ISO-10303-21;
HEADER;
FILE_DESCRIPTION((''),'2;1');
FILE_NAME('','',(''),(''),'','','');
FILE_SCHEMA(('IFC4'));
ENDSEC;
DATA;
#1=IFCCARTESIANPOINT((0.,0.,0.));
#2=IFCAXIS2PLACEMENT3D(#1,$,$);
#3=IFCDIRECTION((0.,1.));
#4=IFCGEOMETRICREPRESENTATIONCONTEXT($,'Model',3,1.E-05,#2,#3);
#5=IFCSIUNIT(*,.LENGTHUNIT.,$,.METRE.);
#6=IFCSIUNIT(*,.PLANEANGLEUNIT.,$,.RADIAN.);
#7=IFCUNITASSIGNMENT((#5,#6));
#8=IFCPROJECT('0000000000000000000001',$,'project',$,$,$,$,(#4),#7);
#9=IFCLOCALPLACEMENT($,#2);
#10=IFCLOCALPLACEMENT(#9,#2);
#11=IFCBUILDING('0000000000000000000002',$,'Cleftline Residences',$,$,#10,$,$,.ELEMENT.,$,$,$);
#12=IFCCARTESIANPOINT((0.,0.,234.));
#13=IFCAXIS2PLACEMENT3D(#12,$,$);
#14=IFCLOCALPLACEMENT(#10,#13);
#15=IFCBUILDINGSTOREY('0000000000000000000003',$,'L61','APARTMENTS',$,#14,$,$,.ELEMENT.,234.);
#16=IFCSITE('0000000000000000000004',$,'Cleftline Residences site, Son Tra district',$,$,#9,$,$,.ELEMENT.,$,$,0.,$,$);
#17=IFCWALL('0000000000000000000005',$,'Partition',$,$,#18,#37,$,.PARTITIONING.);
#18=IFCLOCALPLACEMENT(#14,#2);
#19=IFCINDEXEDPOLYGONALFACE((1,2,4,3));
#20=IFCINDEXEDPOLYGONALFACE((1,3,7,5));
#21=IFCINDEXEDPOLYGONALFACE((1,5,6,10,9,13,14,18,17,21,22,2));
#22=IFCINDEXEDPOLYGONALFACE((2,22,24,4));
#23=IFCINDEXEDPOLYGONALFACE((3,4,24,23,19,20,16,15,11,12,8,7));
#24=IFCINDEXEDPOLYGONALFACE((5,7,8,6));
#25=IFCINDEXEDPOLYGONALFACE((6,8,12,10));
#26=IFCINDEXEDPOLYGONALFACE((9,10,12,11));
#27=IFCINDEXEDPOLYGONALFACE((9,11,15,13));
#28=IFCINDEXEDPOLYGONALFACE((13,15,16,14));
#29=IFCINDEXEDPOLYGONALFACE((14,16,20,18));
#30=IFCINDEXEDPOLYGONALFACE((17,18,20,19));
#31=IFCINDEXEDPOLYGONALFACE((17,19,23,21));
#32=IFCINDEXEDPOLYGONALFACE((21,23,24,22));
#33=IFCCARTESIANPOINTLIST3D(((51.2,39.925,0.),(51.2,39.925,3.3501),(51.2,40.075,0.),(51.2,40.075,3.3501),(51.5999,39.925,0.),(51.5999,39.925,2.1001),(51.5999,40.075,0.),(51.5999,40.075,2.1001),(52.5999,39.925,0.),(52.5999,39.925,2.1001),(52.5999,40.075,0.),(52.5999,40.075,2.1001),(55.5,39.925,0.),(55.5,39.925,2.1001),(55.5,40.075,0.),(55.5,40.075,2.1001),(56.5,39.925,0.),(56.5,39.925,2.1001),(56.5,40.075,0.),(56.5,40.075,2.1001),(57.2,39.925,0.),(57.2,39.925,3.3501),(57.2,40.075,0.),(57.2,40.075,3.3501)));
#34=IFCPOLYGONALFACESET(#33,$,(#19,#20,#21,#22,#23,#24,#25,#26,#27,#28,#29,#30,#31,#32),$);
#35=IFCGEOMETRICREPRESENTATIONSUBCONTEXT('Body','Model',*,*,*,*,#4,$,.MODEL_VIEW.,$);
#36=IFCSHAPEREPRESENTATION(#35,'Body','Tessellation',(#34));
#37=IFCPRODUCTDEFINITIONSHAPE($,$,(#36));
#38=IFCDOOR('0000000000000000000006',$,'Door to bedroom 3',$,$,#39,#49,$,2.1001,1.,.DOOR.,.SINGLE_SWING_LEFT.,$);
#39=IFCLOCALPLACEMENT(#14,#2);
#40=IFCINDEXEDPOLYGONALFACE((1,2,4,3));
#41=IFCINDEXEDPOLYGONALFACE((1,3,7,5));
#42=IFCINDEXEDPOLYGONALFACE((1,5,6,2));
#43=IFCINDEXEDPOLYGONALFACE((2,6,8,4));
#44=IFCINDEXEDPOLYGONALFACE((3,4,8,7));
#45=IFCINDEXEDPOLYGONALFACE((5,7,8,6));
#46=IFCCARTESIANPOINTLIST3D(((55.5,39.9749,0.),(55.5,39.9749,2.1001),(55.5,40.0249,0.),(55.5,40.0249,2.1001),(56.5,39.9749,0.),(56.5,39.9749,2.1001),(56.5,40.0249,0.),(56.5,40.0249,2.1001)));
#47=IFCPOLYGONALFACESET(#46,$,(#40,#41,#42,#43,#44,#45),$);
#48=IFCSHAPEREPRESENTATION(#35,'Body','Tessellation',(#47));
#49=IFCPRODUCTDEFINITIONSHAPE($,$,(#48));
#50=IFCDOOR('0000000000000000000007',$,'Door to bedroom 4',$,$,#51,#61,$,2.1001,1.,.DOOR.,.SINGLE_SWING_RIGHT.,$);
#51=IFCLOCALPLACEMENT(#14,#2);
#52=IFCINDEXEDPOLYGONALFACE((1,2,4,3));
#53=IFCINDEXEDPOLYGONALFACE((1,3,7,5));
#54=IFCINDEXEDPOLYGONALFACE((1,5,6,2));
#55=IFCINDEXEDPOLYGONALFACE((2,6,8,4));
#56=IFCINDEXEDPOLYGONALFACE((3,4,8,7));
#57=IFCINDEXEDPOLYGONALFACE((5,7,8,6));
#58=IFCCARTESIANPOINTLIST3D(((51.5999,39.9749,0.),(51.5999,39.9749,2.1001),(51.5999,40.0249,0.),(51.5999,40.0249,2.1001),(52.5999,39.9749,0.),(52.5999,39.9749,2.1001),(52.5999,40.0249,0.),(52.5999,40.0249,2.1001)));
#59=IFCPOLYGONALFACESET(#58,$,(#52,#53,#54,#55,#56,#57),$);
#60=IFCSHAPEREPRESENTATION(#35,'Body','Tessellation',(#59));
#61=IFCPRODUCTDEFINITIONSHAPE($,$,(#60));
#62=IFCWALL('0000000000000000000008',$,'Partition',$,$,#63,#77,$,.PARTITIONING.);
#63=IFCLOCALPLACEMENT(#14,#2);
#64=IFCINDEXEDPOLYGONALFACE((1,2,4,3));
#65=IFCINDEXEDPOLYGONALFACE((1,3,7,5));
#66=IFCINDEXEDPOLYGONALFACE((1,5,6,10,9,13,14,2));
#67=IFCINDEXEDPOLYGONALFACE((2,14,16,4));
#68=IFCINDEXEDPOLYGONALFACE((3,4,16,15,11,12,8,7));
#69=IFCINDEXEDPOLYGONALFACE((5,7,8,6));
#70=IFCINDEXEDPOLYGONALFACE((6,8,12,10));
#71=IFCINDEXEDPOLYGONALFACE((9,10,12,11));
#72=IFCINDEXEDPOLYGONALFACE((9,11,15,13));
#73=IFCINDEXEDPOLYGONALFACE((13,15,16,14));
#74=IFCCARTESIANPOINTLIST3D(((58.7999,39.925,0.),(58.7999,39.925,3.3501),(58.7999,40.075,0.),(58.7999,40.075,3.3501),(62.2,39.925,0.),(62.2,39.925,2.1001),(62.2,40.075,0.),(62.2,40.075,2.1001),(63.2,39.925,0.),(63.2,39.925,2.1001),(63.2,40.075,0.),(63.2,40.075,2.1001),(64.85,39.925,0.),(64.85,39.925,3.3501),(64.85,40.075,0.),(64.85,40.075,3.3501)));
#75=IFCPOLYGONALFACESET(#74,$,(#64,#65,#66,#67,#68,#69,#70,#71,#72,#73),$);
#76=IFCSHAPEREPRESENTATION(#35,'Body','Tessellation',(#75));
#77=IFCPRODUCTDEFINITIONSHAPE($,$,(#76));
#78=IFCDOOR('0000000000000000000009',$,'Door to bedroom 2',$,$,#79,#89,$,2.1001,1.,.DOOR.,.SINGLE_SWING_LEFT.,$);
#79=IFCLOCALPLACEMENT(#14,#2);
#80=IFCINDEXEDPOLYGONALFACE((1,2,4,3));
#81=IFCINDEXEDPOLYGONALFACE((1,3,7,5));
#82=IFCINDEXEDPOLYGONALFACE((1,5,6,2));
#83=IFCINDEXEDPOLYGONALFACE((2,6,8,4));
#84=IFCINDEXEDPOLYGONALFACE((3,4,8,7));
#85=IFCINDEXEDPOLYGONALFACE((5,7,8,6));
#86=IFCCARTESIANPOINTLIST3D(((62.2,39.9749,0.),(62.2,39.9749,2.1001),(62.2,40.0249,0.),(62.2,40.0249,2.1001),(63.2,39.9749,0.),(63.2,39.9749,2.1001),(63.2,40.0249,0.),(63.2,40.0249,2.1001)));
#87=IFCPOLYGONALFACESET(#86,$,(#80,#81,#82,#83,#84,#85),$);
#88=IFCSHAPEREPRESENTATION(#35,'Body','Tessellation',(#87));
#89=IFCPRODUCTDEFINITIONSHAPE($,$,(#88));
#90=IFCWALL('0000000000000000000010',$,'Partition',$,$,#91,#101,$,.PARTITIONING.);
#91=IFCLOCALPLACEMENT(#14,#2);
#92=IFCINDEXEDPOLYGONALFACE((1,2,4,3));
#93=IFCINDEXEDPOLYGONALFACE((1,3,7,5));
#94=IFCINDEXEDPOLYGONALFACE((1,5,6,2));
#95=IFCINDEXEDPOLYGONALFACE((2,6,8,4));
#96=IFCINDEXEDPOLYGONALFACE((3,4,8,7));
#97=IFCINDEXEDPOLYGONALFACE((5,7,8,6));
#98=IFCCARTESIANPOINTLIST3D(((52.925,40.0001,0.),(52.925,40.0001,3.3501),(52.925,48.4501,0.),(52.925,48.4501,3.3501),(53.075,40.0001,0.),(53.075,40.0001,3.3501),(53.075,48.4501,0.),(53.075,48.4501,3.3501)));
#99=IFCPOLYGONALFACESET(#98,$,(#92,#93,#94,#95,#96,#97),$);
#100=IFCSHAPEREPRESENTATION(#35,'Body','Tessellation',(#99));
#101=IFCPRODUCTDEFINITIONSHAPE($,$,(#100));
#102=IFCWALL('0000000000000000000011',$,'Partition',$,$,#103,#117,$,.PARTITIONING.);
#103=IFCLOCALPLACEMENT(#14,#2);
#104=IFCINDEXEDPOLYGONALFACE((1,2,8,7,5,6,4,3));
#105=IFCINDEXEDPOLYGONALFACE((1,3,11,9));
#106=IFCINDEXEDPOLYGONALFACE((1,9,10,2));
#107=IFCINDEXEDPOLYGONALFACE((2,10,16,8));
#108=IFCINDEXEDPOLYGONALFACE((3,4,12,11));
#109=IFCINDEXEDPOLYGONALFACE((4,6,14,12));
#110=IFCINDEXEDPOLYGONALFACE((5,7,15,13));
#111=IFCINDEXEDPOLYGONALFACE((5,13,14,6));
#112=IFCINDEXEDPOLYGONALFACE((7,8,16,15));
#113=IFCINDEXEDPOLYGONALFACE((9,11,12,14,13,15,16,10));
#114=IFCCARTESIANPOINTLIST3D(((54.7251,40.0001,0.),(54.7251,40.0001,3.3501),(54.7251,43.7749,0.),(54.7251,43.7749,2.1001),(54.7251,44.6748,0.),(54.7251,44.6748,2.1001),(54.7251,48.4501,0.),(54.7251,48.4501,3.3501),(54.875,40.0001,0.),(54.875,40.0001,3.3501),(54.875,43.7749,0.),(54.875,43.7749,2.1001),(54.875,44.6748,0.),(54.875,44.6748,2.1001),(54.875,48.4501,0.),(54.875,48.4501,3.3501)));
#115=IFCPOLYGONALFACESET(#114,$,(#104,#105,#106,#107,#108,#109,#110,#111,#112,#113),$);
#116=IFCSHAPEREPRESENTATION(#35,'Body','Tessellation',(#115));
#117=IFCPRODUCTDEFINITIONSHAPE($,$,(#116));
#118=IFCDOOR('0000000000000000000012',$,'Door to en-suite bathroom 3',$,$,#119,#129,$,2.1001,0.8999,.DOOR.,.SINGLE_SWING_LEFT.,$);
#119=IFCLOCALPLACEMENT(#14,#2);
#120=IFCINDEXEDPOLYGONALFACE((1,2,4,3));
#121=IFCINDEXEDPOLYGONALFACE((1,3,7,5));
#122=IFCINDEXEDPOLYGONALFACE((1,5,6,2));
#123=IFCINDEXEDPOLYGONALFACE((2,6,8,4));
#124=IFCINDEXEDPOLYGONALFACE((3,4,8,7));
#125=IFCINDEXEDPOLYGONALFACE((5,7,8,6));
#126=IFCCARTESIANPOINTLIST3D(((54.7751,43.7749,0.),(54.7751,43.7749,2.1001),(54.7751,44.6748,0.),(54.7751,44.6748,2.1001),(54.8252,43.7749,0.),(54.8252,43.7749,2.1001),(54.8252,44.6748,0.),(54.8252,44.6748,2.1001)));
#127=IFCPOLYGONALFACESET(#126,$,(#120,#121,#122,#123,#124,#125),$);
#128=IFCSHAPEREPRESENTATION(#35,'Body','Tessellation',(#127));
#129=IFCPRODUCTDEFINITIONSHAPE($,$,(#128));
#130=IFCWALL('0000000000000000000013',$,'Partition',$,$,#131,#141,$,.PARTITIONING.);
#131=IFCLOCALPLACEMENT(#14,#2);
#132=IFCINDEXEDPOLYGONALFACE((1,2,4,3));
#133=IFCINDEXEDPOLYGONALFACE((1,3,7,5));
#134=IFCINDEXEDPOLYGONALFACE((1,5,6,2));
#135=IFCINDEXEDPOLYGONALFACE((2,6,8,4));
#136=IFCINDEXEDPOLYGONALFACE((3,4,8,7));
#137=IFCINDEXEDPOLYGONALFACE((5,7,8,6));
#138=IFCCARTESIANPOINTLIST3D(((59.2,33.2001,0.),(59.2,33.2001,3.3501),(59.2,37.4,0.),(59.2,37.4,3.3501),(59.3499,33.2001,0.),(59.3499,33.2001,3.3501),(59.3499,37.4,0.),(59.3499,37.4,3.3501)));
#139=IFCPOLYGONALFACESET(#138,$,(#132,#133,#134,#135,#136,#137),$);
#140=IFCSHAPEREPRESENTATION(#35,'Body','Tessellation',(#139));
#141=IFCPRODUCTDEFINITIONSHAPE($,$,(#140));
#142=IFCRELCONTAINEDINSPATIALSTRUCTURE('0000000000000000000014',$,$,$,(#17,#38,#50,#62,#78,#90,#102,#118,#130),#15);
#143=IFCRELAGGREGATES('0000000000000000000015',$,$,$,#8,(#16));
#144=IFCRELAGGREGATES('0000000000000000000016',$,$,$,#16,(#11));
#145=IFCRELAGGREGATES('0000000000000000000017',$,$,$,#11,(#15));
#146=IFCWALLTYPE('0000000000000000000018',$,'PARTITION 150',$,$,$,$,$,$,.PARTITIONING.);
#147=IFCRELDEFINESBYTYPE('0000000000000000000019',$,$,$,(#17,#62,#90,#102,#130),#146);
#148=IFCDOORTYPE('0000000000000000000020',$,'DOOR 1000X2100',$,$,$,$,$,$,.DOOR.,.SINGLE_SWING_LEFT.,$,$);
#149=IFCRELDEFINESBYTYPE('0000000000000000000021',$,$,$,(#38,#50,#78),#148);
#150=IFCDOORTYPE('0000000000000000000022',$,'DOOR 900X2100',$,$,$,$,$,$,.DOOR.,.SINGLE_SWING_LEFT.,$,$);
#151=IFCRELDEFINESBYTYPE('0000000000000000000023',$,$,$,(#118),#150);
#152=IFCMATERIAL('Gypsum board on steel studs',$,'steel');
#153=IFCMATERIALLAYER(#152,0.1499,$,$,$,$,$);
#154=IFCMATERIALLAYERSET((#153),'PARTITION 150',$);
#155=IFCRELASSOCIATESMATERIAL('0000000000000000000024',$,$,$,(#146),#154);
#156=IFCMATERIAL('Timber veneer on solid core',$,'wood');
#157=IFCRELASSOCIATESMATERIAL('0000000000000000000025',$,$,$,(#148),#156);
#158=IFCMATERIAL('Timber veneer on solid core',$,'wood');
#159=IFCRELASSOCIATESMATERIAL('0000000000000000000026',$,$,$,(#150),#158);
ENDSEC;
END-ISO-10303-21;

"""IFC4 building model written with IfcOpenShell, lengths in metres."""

from ifc_helpers import new_model, si_unit, direction, frame, frame_2d, origin, place, context, subcontext, project, spatial, rectangle, extrude, material, layer, layer_set, type_object, element, fill, save


model = new_model("IFC4")

# Units and contexts
model_context = context("Model", 3, precision=1e-05, world=origin(), true_north=direction((0.0, 1.0)))
body_context = subcontext(model_context, "Body", "Model", "MODEL_VIEW")
ifc_project = project(units=[si_unit("LENGTHUNIT", "METRE"), si_unit("PLANEANGLEUNIT", "RADIAN")], contexts=[model_context])

# Site, building, storey
site_placement = place(None, origin())
site = spatial("IfcSite", under=ifc_project, at=site_placement, Name="Cleftline Residences site, Son Tra district", CompositionType="ELEMENT", RefElevation=0.0)
building_placement = place(site_placement, origin())
building = spatial("IfcBuilding", under=site, at=building_placement, Name="Cleftline Residences", CompositionType="ELEMENT")
storey_placement = place(building_placement, frame((0.0, 0.0, 234.0)))
storey = spatial("IfcBuildingStorey", under=building, at=storey_placement, Name="L61", Description="APARTMENTS", CompositionType="ELEMENT", Elevation=234.0)

# Shared definitions
ifc_material_1 = material(Name="Gypsum board on steel studs", Category="steel")
ifc_layer = layer(ifc_material_1, 0.1499)
ifc_layer_set = layer_set([ifc_layer], Name="PARTITION 150")
wall_type = type_object("IfcWallType", Name="PARTITION 150", PredefinedType="PARTITIONING", material=ifc_layer_set)

# Wall, openings, doors
wall_1_placement = place(storey_placement, frame((51.2, 40.0, 0.0), z_axis=(0.0, 0.0, 1.0), x_axis=(1.0, 0.0, 0.0)))
wall_1 = element("IfcWall", 1, at=wall_1_placement, inside=storey, type_object=wall_type, Name="Partition", PredefinedType="PARTITIONING", context=body_context, shape_type="SweptSolid", body=[
    extrude(rectangle(XDim=6.0, YDim=0.1499, at=frame_2d((3.0, 0.0))), origin(), (0.0, 0.0, 1.0), 3.3501),
])
opening_1_placement = place(wall_1_placement, frame((4.3, 0.0, 0.0)))
opening_1 = element("IfcOpeningElement", 2, at=opening_1_placement, cuts=wall_1, PredefinedType="OPENING", context=body_context, shape_type="SweptSolid", body=[
    extrude(rectangle(XDim=1.0, YDim=2.1001, at=frame_2d((0.5, 1.05))), frame((0.0, 0.085, 0.0), z_axis=(0.0, -1.0, 0.0), x_axis=(1.0, 0.0, 0.0)), (0.0, 0.0, 1.0), 0.1699),
])
opening_2_placement = place(wall_1_placement, frame((0.3999, 0.0, 0.0)))
opening_2 = element("IfcOpeningElement", 3, at=opening_2_placement, cuts=wall_1, PredefinedType="OPENING", context=body_context, shape_type="SweptSolid", body=[
    extrude(rectangle(XDim=1.0, YDim=2.1001, at=frame_2d((0.5, 1.05))), frame((0.0, 0.085, 0.0), z_axis=(0.0, -1.0, 0.0), x_axis=(1.0, 0.0, 0.0)), (0.0, 0.0, 1.0), 0.1699),
])
ifc_material_2 = material(Name="Timber veneer on solid core", Category="wood")
door_type_1 = type_object("IfcDoorType", Name="DOOR 1000X2100", OperationType="SINGLE_SWING_LEFT", PredefinedType="DOOR", material=ifc_material_2)
door_1_placement = place(opening_1_placement, origin())
door_1 = element("IfcDoor", 4, at=door_1_placement, inside=storey, type_object=door_type_1, Name="Door to bedroom 3", OperationType="SINGLE_SWING_LEFT", OverallHeight=2.1001, OverallWidth=1.0, PredefinedType="DOOR", context=body_context, shape_type="SweptSolid", body=[
    extrude(rectangle(XDim=1.0, YDim=2.1001, at=frame_2d((0.5, 1.05))), frame((0.0, 0.0249, 0.0), z_axis=(0.0, -1.0, 0.0), x_axis=(1.0, 0.0, 0.0)), (0.0, 0.0, 1.0), 0.05),
])
fill(opening_1, door_1)
door_2_placement = place(opening_2_placement, origin())
door_2 = element("IfcDoor", 5, at=door_2_placement, inside=storey, type_object=door_type_1, Name="Door to bedroom 4", OperationType="SINGLE_SWING_RIGHT", OverallHeight=2.1001, OverallWidth=1.0, PredefinedType="DOOR", context=body_context, shape_type="SweptSolid", body=[
    extrude(rectangle(XDim=1.0, YDim=2.1001, at=frame_2d((0.5, 1.05))), frame((0.0, 0.0249, 0.0), z_axis=(0.0, -1.0, 0.0), x_axis=(1.0, 0.0, 0.0)), (0.0, 0.0, 1.0), 0.05),
])
fill(opening_2, door_2)

# Wall, opening, door
wall_2_placement = place(storey_placement, frame((58.8, 40.0, 0.0), z_axis=(0.0, 0.0, 1.0), x_axis=(1.0, 0.0, 0.0)))
wall_2 = element("IfcWall", 6, at=wall_2_placement, inside=storey, type_object=wall_type, Name="Partition", PredefinedType="PARTITIONING", context=body_context, shape_type="SweptSolid", body=[
    extrude(rectangle(XDim=6.05, YDim=0.1499, at=frame_2d((3.0249, 0.0))), origin(), (0.0, 0.0, 1.0), 3.3501),
])
opening_3_placement = place(wall_2_placement, frame((3.3999, 0.0, 0.0)))
opening_3 = element("IfcOpeningElement", 7, at=opening_3_placement, cuts=wall_2, PredefinedType="OPENING", context=body_context, shape_type="SweptSolid", body=[
    extrude(rectangle(XDim=1.0, YDim=2.1001, at=frame_2d((0.5, 1.05))), frame((0.0, 0.085, 0.0), z_axis=(0.0, -1.0, 0.0), x_axis=(1.0, 0.0, 0.0)), (0.0, 0.0, 1.0), 0.1699),
])
door_3_placement = place(opening_3_placement, origin())
door_3 = element("IfcDoor", 8, at=door_3_placement, inside=storey, type_object=door_type_1, Name="Door to bedroom 2", OperationType="SINGLE_SWING_LEFT", OverallHeight=2.1001, OverallWidth=1.0, PredefinedType="DOOR", context=body_context, shape_type="SweptSolid", body=[
    extrude(rectangle(XDim=1.0, YDim=2.1001, at=frame_2d((0.5, 1.05))), frame((0.0, 0.0249, 0.0), z_axis=(0.0, -1.0, 0.0), x_axis=(1.0, 0.0, 0.0)), (0.0, 0.0, 1.0), 0.05),
])
fill(opening_3, door_3)

# Wall
wall_3_placement = place(storey_placement, frame((53.0, 40.0, 0.0), z_axis=(0.0, 0.0, 1.0), x_axis=(0.0, 1.0, 0.0)))
element("IfcWall", 9, at=wall_3_placement, inside=storey, type_object=wall_type, Name="Partition", PredefinedType="PARTITIONING", context=body_context, shape_type="SweptSolid", body=[
    extrude(rectangle(XDim=8.45, YDim=0.1499, at=frame_2d((4.2251, 0.0))), origin(), (0.0, 0.0, 1.0), 3.3501),
])

# Wall, opening, door
wall_4_placement = place(storey_placement, frame((54.8, 40.0, 0.0), z_axis=(0.0, 0.0, 1.0), x_axis=(0.0, 1.0, 0.0)))
wall_4 = element("IfcWall", 10, at=wall_4_placement, inside=storey, type_object=wall_type, Name="Partition", PredefinedType="PARTITIONING", context=body_context, shape_type="SweptSolid", body=[
    extrude(rectangle(XDim=8.45, YDim=0.1499, at=frame_2d((4.2251, 0.0))), origin(), (0.0, 0.0, 1.0), 3.3501),
])
opening_4_placement = place(wall_4_placement, frame((3.7749, 0.0, 0.0)))
opening_4 = element("IfcOpeningElement", 11, at=opening_4_placement, cuts=wall_4, PredefinedType="OPENING", context=body_context, shape_type="SweptSolid", body=[
    extrude(rectangle(XDim=0.8999, YDim=2.1001, at=frame_2d((0.45, 1.05))), frame((0.0, 0.085, 0.0), z_axis=(0.0, -1.0, 0.0), x_axis=(1.0, 0.0, 0.0)), (0.0, 0.0, 1.0), 0.1699),
])
ifc_material_3 = material(Name="Timber veneer on solid core", Category="wood")
door_type_2 = type_object("IfcDoorType", Name="DOOR 900X2100", OperationType="SINGLE_SWING_LEFT", PredefinedType="DOOR", material=ifc_material_3)
door_4_placement = place(opening_4_placement, origin())
door_4 = element("IfcDoor", 12, at=door_4_placement, inside=storey, type_object=door_type_2, Name="Door to en-suite bathroom 3", OperationType="SINGLE_SWING_LEFT", OverallHeight=2.1001, OverallWidth=0.8999, PredefinedType="DOOR", context=body_context, shape_type="SweptSolid", body=[
    extrude(rectangle(XDim=0.8999, YDim=2.1001, at=frame_2d((0.45, 1.05))), frame((0.0, 0.0249, 0.0), z_axis=(0.0, -1.0, 0.0), x_axis=(1.0, 0.0, 0.0)), (0.0, 0.0, 1.0), 0.05),
])
fill(opening_4, door_4)

# Wall
wall_5_placement = place(storey_placement, frame((59.2749, 33.2, 0.0), z_axis=(0.0, 0.0, 1.0), x_axis=(0.0, 1.0, 0.0)))
element("IfcWall", 13, at=wall_5_placement, inside=storey, type_object=wall_type, Name="Partition", PredefinedType="PARTITIONING", context=body_context, shape_type="SweptSolid", body=[
    extrude(rectangle(XDim=4.2, YDim=0.1499, at=frame_2d((2.1001, 0.0))), origin(), (0.0, 0.0, 1.0), 3.3501),
])

save(model, "model.ifc")
